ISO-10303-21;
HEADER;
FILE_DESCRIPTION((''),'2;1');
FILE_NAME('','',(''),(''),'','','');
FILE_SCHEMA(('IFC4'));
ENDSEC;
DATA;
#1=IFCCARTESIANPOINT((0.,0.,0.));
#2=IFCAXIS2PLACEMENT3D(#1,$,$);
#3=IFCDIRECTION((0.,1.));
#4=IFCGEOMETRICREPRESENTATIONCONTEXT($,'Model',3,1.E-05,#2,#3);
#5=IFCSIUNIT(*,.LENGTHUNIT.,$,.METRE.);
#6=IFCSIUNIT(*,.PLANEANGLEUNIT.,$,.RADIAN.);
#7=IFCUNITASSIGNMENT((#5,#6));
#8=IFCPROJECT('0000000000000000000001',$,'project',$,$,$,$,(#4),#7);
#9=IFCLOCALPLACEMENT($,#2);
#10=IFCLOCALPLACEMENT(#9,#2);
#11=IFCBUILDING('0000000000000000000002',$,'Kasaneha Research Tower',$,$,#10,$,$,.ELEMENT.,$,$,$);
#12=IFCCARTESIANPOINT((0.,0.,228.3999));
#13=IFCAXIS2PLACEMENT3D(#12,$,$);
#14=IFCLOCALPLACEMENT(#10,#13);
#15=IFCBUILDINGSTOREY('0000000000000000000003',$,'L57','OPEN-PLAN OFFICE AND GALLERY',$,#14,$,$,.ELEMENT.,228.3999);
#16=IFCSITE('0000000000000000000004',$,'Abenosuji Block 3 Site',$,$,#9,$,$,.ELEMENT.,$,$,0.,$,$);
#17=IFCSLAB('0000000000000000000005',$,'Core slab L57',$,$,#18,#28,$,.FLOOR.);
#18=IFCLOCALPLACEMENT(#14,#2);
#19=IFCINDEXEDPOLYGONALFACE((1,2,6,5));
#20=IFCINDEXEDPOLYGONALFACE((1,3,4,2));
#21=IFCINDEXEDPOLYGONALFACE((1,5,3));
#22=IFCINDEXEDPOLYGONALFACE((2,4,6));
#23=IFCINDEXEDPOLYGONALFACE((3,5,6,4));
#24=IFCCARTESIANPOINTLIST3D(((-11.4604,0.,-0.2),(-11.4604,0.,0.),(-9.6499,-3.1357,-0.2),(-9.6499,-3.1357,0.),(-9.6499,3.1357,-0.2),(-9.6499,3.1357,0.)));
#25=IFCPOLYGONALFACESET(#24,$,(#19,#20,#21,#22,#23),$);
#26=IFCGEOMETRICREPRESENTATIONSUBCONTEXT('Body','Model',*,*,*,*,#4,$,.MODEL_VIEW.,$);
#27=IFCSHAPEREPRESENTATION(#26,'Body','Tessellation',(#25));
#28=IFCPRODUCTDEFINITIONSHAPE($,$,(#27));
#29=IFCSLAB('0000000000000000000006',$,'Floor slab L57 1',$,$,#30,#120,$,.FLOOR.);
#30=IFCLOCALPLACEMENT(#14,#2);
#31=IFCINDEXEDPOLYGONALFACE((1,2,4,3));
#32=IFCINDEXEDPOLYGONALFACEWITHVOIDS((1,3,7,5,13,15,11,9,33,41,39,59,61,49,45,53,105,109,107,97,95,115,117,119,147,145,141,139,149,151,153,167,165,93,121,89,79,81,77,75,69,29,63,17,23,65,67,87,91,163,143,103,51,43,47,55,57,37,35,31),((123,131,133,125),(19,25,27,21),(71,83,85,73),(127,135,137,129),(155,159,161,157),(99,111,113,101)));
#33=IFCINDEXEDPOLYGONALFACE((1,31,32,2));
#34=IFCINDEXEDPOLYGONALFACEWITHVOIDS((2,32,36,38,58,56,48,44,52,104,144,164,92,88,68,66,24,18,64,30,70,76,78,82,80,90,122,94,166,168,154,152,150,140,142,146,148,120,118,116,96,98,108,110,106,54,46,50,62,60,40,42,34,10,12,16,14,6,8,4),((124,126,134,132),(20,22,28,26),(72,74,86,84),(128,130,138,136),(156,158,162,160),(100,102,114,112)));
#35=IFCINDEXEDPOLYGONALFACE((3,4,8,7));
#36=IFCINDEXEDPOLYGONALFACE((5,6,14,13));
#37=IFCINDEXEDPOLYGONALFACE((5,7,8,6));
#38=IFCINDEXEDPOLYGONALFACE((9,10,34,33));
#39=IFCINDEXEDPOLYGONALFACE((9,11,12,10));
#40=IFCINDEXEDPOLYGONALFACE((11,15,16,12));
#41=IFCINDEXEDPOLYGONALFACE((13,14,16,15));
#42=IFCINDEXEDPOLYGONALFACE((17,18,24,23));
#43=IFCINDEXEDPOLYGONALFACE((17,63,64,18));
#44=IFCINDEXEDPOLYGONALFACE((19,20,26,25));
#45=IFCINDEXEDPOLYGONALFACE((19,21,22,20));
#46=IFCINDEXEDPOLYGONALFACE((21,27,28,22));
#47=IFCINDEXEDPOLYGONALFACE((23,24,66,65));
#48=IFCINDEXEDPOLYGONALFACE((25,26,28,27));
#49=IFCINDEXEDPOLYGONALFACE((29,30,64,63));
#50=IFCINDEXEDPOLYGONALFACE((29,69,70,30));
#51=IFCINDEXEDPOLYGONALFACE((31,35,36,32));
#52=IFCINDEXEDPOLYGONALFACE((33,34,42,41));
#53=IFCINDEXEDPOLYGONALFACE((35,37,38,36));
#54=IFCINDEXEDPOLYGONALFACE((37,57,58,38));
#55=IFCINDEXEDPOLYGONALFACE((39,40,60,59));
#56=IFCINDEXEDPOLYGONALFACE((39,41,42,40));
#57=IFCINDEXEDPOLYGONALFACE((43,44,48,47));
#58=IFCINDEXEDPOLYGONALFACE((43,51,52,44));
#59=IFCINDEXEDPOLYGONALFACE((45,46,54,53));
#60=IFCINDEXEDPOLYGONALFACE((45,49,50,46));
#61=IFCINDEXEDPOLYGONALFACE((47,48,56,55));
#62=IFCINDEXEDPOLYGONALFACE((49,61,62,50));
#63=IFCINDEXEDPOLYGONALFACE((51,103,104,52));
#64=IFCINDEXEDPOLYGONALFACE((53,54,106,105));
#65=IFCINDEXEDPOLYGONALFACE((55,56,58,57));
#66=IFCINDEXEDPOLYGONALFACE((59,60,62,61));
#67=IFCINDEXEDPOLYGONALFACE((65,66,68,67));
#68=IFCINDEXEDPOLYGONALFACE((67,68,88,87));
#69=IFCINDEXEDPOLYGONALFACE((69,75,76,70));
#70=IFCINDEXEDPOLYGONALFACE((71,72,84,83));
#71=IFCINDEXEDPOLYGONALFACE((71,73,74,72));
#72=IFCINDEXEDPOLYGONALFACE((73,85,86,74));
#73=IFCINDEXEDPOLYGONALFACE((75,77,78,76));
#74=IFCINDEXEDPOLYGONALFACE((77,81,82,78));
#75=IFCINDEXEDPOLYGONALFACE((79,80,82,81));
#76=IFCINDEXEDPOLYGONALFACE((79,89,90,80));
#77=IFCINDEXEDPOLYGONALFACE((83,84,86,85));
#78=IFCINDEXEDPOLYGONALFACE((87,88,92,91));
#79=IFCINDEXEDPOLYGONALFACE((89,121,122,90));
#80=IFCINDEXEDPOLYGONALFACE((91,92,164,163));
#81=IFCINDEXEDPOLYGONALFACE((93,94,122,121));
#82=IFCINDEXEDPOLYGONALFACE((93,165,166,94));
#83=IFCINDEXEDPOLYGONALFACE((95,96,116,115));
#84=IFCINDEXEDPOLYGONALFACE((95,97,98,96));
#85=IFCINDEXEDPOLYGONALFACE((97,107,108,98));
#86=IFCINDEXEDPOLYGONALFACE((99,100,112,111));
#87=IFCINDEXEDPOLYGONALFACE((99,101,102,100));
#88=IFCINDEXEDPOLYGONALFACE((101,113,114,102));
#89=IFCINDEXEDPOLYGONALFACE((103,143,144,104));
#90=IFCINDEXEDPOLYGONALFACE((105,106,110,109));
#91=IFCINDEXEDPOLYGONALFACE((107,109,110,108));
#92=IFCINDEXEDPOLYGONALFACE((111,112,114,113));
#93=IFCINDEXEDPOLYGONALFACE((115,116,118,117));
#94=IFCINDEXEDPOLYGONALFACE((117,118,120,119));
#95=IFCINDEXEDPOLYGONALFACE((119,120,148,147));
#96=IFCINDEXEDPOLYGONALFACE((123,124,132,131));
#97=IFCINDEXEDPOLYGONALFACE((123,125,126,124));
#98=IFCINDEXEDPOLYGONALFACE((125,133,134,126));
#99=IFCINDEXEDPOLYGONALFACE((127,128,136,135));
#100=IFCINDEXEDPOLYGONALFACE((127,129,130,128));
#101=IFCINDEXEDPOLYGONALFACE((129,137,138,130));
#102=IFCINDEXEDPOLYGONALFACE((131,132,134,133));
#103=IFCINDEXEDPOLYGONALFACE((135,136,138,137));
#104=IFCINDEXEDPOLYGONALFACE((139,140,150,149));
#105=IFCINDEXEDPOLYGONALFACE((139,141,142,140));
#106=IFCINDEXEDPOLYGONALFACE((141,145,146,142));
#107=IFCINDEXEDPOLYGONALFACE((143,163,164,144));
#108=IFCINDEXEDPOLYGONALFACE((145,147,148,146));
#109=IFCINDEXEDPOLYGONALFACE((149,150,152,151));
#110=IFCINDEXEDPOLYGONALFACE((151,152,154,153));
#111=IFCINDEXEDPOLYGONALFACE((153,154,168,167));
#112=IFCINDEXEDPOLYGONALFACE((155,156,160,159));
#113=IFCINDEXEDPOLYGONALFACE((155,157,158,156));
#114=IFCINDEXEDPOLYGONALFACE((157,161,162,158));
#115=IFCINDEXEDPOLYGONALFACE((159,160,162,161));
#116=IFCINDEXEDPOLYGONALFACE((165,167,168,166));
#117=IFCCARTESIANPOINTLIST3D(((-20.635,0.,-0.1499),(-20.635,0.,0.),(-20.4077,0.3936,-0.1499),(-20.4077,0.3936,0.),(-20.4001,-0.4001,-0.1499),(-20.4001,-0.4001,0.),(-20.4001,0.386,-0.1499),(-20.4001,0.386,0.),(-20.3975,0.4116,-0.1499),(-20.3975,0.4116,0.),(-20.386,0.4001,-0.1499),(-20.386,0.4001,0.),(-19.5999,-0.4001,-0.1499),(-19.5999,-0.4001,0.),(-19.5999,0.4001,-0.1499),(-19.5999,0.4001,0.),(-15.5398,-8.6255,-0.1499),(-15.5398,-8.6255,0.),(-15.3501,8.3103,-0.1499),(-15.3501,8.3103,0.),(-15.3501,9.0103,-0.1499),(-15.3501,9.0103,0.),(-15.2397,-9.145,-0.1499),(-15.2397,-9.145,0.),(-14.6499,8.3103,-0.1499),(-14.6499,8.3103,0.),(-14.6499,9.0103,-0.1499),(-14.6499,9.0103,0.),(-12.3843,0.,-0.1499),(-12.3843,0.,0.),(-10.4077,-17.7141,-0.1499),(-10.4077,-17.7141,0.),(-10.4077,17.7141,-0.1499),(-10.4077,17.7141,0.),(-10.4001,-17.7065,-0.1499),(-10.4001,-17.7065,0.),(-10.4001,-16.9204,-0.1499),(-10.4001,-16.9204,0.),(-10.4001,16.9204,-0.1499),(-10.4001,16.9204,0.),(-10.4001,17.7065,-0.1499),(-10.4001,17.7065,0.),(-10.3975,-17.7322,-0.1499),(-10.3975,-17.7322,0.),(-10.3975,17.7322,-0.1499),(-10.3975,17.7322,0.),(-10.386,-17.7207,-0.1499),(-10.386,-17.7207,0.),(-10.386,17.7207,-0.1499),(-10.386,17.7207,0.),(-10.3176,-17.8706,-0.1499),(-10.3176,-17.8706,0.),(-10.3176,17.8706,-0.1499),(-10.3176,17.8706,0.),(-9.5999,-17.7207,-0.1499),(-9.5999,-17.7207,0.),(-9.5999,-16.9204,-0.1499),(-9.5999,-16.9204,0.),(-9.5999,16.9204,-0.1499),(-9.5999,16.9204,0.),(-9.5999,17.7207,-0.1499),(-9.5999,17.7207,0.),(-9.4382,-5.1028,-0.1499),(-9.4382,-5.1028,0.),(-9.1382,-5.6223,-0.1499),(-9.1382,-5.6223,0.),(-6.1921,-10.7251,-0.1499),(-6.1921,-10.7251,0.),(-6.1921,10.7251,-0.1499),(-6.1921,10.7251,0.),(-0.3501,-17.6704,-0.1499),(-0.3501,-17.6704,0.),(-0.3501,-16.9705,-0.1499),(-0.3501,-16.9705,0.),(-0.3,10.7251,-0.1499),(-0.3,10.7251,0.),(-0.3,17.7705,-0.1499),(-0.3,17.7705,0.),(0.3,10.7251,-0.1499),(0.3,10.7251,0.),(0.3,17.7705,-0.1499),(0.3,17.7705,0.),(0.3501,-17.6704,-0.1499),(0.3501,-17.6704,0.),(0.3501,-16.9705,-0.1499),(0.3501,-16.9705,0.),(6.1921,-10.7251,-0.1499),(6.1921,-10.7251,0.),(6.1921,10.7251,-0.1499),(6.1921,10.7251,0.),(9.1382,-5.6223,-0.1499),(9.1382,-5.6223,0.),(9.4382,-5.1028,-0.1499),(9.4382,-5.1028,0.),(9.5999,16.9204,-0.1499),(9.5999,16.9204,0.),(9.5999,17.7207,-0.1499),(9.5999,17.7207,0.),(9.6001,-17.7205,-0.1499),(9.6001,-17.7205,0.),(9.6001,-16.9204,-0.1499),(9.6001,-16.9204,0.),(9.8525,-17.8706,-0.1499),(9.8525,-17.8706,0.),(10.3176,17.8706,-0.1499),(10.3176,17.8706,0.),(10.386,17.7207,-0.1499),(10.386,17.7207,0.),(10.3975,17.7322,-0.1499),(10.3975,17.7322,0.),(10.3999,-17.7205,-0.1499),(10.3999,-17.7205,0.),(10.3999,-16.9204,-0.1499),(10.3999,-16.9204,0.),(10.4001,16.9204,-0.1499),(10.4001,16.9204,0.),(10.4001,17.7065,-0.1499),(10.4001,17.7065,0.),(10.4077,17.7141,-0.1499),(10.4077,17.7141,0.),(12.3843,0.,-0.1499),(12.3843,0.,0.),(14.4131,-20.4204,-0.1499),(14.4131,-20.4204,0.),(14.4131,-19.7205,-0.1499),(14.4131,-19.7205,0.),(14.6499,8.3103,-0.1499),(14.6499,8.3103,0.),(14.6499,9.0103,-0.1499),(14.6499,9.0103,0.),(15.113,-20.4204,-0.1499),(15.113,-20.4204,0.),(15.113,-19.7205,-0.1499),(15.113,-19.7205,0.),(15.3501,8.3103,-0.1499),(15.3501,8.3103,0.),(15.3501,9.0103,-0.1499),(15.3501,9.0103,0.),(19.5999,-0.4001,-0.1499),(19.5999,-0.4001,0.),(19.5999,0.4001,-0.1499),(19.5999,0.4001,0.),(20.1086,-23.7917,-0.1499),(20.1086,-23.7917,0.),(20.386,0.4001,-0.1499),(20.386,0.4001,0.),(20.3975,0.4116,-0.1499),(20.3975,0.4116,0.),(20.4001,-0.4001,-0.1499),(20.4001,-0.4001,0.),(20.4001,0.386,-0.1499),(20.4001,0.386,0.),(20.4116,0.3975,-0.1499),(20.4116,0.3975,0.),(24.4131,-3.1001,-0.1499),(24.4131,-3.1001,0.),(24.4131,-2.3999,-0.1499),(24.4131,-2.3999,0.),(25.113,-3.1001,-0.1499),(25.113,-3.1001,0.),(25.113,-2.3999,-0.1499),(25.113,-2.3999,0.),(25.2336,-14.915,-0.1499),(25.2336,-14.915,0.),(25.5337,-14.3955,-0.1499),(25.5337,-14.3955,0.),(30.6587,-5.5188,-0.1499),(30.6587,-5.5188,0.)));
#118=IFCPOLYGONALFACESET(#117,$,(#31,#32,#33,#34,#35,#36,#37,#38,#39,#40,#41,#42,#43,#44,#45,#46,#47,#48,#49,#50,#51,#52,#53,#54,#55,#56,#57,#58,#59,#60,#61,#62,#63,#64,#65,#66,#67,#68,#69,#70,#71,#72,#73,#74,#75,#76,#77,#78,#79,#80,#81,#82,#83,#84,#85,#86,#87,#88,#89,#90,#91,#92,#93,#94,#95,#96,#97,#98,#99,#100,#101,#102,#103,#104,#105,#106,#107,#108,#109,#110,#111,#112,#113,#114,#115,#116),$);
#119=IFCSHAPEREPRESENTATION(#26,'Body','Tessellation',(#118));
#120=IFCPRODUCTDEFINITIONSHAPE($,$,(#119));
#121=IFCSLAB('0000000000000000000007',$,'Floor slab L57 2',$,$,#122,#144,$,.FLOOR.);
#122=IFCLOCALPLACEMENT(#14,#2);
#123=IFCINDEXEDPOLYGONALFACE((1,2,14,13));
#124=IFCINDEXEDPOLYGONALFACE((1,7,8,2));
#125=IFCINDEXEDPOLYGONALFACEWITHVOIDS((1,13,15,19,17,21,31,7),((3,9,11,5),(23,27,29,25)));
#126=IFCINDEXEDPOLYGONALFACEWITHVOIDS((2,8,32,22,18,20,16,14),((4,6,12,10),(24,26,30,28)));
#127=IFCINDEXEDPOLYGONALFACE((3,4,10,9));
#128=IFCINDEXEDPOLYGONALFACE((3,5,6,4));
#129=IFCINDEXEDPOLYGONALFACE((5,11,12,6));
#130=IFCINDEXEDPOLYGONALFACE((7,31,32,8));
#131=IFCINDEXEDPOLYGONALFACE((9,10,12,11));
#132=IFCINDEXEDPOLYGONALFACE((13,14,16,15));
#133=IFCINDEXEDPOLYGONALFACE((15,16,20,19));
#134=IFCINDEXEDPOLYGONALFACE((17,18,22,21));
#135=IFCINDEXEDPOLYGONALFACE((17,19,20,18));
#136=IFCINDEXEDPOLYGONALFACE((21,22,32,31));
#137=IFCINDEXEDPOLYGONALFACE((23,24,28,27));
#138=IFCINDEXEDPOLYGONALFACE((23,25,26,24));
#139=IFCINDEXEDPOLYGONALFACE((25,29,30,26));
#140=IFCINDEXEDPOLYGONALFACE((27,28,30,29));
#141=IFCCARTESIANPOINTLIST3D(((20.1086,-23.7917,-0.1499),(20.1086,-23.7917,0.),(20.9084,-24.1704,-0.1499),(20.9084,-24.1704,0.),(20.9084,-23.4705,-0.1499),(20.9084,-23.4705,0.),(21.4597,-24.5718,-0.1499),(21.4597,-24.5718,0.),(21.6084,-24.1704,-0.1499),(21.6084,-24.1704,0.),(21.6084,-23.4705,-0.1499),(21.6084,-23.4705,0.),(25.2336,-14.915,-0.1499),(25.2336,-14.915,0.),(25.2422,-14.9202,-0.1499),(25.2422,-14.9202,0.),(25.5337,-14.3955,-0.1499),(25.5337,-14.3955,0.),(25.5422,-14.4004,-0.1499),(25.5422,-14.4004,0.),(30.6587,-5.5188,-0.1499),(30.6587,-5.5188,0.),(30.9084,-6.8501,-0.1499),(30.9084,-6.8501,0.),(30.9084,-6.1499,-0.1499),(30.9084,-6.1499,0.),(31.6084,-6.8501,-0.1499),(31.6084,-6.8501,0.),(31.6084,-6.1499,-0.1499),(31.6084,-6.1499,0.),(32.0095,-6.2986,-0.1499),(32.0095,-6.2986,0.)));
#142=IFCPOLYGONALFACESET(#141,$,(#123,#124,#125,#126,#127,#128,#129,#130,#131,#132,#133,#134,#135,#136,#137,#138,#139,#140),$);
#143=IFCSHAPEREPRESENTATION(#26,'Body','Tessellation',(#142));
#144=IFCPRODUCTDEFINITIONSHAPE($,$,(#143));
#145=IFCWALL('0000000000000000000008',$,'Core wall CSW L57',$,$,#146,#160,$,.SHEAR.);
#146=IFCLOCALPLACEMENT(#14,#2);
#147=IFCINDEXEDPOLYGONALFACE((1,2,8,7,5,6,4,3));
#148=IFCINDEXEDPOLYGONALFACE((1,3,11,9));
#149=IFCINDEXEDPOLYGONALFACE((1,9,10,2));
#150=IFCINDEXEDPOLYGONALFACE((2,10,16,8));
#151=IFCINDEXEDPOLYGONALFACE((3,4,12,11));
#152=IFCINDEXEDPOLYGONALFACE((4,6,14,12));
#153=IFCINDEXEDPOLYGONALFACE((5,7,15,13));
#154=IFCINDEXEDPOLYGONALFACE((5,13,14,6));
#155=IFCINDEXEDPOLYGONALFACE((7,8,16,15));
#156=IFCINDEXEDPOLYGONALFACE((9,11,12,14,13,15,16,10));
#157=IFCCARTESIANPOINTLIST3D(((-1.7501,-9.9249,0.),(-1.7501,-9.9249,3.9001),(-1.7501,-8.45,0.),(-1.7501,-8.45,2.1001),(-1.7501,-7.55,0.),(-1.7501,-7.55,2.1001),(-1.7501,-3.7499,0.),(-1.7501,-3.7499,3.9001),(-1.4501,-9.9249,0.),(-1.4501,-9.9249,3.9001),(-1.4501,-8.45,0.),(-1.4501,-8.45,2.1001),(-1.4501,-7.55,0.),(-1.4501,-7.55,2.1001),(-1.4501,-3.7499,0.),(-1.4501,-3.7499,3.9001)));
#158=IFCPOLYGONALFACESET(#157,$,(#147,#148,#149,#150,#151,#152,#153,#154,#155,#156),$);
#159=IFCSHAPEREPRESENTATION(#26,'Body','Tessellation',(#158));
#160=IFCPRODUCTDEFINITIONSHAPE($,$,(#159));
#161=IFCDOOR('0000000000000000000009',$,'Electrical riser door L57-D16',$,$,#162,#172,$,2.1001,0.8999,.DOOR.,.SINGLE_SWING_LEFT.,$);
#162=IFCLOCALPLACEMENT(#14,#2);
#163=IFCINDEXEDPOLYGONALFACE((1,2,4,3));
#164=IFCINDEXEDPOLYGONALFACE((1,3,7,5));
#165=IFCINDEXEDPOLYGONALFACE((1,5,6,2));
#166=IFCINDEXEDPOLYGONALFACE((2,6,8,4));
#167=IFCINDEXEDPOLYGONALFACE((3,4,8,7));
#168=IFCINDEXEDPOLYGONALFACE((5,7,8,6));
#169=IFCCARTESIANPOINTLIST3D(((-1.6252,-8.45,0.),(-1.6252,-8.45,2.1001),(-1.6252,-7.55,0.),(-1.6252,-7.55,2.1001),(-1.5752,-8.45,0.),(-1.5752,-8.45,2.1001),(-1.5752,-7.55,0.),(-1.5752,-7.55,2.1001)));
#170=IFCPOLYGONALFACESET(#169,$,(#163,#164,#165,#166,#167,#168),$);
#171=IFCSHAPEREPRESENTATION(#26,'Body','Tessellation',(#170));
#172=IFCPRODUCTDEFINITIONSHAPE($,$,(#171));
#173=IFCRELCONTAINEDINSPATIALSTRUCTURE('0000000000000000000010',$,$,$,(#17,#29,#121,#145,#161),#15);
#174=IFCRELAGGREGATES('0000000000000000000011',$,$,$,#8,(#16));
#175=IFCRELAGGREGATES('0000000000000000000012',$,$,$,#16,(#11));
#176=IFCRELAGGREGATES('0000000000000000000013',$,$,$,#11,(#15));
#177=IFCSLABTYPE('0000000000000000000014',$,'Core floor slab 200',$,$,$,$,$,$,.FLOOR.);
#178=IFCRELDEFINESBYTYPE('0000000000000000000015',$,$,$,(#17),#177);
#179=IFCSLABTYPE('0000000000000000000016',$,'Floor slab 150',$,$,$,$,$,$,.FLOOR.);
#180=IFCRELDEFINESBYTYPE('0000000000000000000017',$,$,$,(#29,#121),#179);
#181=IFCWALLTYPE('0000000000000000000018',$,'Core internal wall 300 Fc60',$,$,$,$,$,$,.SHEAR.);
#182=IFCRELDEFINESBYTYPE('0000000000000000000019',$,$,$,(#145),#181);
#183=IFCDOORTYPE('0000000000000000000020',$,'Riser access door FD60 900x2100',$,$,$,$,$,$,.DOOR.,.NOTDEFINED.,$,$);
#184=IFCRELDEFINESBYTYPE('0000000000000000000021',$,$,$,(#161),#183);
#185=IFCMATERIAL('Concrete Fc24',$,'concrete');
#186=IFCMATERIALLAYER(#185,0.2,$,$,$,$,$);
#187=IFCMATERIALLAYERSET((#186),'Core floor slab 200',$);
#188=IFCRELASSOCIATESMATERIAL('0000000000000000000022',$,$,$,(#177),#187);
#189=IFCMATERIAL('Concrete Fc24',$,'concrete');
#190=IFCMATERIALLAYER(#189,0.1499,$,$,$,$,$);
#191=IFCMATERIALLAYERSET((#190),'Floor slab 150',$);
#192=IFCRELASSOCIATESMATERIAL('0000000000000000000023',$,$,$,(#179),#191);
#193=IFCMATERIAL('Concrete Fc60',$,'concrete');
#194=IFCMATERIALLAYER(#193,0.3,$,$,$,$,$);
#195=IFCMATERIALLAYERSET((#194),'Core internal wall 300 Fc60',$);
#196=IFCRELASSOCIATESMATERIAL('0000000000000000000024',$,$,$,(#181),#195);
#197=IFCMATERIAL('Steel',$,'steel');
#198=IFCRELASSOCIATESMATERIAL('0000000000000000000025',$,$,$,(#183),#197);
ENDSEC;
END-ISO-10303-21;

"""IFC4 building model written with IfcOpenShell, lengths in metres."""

from ifc_helpers import new_model, si_unit, direction, frame, frame_2d, origin, place, context, subcontext, project, spatial, polyline, rectangle, outline, extrude, material, layer, layer_set, type_object, element, fill, save


model = new_model("IFC4")

# Units and contexts
model_context = context("Model", 3, precision=1e-05, world=origin(), true_north=direction((0.0, 1.0)))
body_context = subcontext(model_context, "Body", "Model", "MODEL_VIEW")
ifc_project = project(units=[si_unit("LENGTHUNIT", "METRE"), si_unit("PLANEANGLEUNIT", "RADIAN")], contexts=[model_context])

# Site, building, storey
site_placement = place(None, origin())
site = spatial("IfcSite", under=ifc_project, at=site_placement, Name="Abenosuji Block 3 Site", CompositionType="ELEMENT", RefElevation=0.0)
building_placement = place(site_placement, origin())
building = spatial("IfcBuilding", under=site, at=building_placement, Name="Kasaneha Research Tower", CompositionType="ELEMENT")
storey_placement = place(building_placement, frame((0.0, 0.0, 228.3999)))
storey = spatial("IfcBuildingStorey", under=building, at=storey_placement, Name="L57", Description="OPEN-PLAN OFFICE AND GALLERY", CompositionType="ELEMENT", Elevation=228.3999)

# Slabs
ifc_material_1 = material(Name="Concrete Fc24", Category="concrete")
ifc_layer_1 = layer(ifc_material_1, 0.2)
ifc_layer_set_1 = layer_set([ifc_layer_1], Name="Core floor slab 200")
slab_type_1 = type_object("IfcSlabType", Name="Core floor slab 200", PredefinedType="FLOOR", material=ifc_layer_set_1)
slab_1_placement = place(storey_placement, frame((0.0, 0.0, -0.2)))
element("IfcSlab", 1, at=slab_1_placement, inside=storey, type_object=slab_type_1, Name="Core slab L57", PredefinedType="FLOOR", context=body_context, shape_type="SweptSolid", body=[
    extrude(outline(polyline([(-11.4604, 0.0), (-9.6499, 3.1357), (-9.6499, -3.1357), (-11.4604, 0.0)])), origin(), (0.0, 0.0, 1.0), 0.2),
])
ifc_material_2 = material(Name="Concrete Fc24", Category="concrete")
ifc_layer_2 = layer(ifc_material_2, 0.1499)
ifc_layer_set_2 = layer_set([ifc_layer_2], Name="Floor slab 150")
slab_type_2 = type_object("IfcSlabType", Name="Floor slab 150", PredefinedType="FLOOR", material=ifc_layer_set_2)
slab_2_placement = place(storey_placement, frame((0.0, 0.0, -0.1499)))
element("IfcSlab", 2, at=slab_2_placement, inside=storey, type_object=slab_type_2, Name="Floor slab L57 1", PredefinedType="FLOOR", context=body_context, shape_type="SweptSolid", body=[
    extrude(outline(polyline([(-10.3176, -17.8706), (-10.3975, -17.7322), (-10.386, -17.7207), (-9.5999, -17.7207), (-9.5999, -16.9204), (-10.4001, -16.9204), (-10.4001, -17.7065), (-10.4077, -17.7141), (-20.635, 0.0), (-20.4077, 0.3936), (-20.4001, 0.386), (-20.4001, -0.4001), (-19.5999, -0.4001), (-19.5999, 0.4001), (-20.386, 0.4001), (-20.3975, 0.4116), (-10.4077, 17.7141), (-10.4001, 17.7065), (-10.4001, 16.9204), (-9.5999, 16.9204), (-9.5999, 17.7207), (-10.386, 17.7207), (-10.3975, 17.7322), (-10.3176, 17.8706), (10.3176, 17.8706), (10.3975, 17.7322), (10.386, 17.7207), (9.5999, 17.7207), (9.5999, 16.9204), (10.4001, 16.9204), (10.4001, 17.7065), (10.4077, 17.7141), (20.3975, 0.4116), (20.386, 0.4001), (19.5999, 0.4001), (19.5999, -0.4001), (20.4001, -0.4001), (20.4001, 0.386), (20.4116, 0.3975), (30.6587, -5.5188), (25.5337, -14.3955), (9.4382, -5.1028), (12.3843, 0.0), (6.1921, 10.7251), (0.3, 10.7251), (0.3, 17.7705), (-0.3, 17.7705), (-0.3, 10.7251), (-6.1921, 10.7251), (-12.3843, 0.0), (-9.4382, -5.1028), (-15.5398, -8.6255), (-15.2397, -9.145), (-9.1382, -5.6223), (-6.1921, -10.7251), (6.1921, -10.7251), (9.1382, -5.6223), (25.2336, -14.915), (20.1086, -23.7917), (9.8525, -17.8706), (-10.3176, -17.8706)]), holes=[polyline([(-0.3501, -17.6704), (0.3501, -17.6704), (0.3501, -16.9705), (-0.3501, -16.9705), (-0.3501, -17.6704)]), polyline([(-15.3501, 8.3103), (-14.6499, 8.3103), (-14.6499, 9.0103), (-15.3501, 9.0103), (-15.3501, 8.3103)]), polyline([(14.4131, -20.4204), (15.113, -20.4204), (15.113, -19.7205), (14.4131, -19.7205), (14.4131, -20.4204)]), polyline([(9.6001, -17.7205), (10.3999, -17.7205), (10.3999, -16.9204), (9.6001, -16.9204), (9.6001, -17.7205)]), polyline([(24.4131, -3.1001), (25.113, -3.1001), (25.113, -2.3999), (24.4131, -2.3999), (24.4131, -3.1001)]), polyline([(14.6499, 9.0103), (14.6499, 8.3103), (15.3501, 8.3103), (15.3501, 9.0103), (14.6499, 9.0103)])]), origin(), (0.0, 0.0, 1.0), 0.1499),
])
slab_3_placement = place(storey_placement, frame((0.0, 0.0, -0.1499)))
element("IfcSlab", 3, at=slab_3_placement, inside=storey, type_object=slab_type_2, Name="Floor slab L57 2", PredefinedType="FLOOR", context=body_context, shape_type="SweptSolid", body=[
    extrude(outline(polyline([(32.0095, -6.2986), (21.4597, -24.5718), (20.1086, -23.7917), (25.2336, -14.915), (25.2422, -14.9202), (25.5422, -14.4004), (25.5337, -14.3955), (30.6587, -5.5188), (32.0095, -6.2986)]), holes=[polyline([(20.9084, -24.1704), (21.6084, -24.1704), (21.6084, -23.4705), (20.9084, -23.4705), (20.9084, -24.1704)]), polyline([(30.9084, -6.8501), (31.6084, -6.8501), (31.6084, -6.1499), (30.9084, -6.1499), (30.9084, -6.8501)])]), origin(), (0.0, 0.0, 1.0), 0.1499),
])

# Shared definitions
ifc_material_3 = material(Name="Concrete Fc60", Category="concrete")
ifc_layer_3 = layer(ifc_material_3, 0.3)
ifc_layer_set_3 = layer_set([ifc_layer_3], Name="Core internal wall 300 Fc60")
wall_type_1 = type_object("IfcWallType", Name="Core internal wall 300 Fc60", PredefinedType="SHEAR", material=ifc_layer_set_3)

# Wall, opening, door
wall_1_placement = place(storey_placement, frame((-1.6001, -3.75, 0.0), z_axis=(0.0, 0.0, 1.0), x_axis=(0.0, -1.0, 0.0)))
wall_1 = element("IfcWall", 4, at=wall_1_placement, inside=storey, type_object=wall_type_1, Name="Core wall CSW L57", PredefinedType="SHEAR", context=body_context, shape_type="SweptSolid", body=[
    extrude(rectangle(XDim=6.175, YDim=0.3, at=frame_2d((3.0874, 0.0))), origin(), (0.0, 0.0, 1.0), 3.9001),
])
opening_1_placement = place(wall_1_placement, frame((3.8, 0.0, 0.0)))
opening_1 = element("IfcOpeningElement", 5, at=opening_1_placement, cuts=wall_1, PredefinedType="OPENING", context=body_context, shape_type="SweptSolid", body=[
    extrude(rectangle(XDim=0.8999, YDim=2.1001, at=frame_2d((0.45, 1.05))), frame((0.0, 0.1602, 0.0), z_axis=(0.0, -1.0, 0.0), x_axis=(1.0, 0.0, 0.0)), (0.0, 0.0, 1.0), 0.3201),
])
ifc_material_4 = material(Name="Steel", Category="steel")
door_type_1 = type_object("IfcDoorType", Name="Riser access door FD60 900x2100", OperationType="NOTDEFINED", PredefinedType="DOOR", material=ifc_material_4)
door_1_placement = place(opening_1_placement, origin())
door_1 = element("IfcDoor", 6, at=door_1_placement, inside=storey, type_object=door_type_1, Name="Electrical riser door L57-D16", OperationType="SINGLE_SWING_LEFT", OverallHeight=2.1001, OverallWidth=0.8999, PredefinedType="DOOR", context=body_context, shape_type="SweptSolid", body=[
    extrude(rectangle(XDim=0.8999, YDim=2.1001, at=frame_2d((0.45, 1.05))), frame((0.0, 0.0249, 0.0), z_axis=(0.0, -1.0, 0.0), x_axis=(1.0, 0.0, 0.0)), (0.0, 0.0, 1.0), 0.05),
])
fill(opening_1, door_1)

save(model, "model.ifc")
